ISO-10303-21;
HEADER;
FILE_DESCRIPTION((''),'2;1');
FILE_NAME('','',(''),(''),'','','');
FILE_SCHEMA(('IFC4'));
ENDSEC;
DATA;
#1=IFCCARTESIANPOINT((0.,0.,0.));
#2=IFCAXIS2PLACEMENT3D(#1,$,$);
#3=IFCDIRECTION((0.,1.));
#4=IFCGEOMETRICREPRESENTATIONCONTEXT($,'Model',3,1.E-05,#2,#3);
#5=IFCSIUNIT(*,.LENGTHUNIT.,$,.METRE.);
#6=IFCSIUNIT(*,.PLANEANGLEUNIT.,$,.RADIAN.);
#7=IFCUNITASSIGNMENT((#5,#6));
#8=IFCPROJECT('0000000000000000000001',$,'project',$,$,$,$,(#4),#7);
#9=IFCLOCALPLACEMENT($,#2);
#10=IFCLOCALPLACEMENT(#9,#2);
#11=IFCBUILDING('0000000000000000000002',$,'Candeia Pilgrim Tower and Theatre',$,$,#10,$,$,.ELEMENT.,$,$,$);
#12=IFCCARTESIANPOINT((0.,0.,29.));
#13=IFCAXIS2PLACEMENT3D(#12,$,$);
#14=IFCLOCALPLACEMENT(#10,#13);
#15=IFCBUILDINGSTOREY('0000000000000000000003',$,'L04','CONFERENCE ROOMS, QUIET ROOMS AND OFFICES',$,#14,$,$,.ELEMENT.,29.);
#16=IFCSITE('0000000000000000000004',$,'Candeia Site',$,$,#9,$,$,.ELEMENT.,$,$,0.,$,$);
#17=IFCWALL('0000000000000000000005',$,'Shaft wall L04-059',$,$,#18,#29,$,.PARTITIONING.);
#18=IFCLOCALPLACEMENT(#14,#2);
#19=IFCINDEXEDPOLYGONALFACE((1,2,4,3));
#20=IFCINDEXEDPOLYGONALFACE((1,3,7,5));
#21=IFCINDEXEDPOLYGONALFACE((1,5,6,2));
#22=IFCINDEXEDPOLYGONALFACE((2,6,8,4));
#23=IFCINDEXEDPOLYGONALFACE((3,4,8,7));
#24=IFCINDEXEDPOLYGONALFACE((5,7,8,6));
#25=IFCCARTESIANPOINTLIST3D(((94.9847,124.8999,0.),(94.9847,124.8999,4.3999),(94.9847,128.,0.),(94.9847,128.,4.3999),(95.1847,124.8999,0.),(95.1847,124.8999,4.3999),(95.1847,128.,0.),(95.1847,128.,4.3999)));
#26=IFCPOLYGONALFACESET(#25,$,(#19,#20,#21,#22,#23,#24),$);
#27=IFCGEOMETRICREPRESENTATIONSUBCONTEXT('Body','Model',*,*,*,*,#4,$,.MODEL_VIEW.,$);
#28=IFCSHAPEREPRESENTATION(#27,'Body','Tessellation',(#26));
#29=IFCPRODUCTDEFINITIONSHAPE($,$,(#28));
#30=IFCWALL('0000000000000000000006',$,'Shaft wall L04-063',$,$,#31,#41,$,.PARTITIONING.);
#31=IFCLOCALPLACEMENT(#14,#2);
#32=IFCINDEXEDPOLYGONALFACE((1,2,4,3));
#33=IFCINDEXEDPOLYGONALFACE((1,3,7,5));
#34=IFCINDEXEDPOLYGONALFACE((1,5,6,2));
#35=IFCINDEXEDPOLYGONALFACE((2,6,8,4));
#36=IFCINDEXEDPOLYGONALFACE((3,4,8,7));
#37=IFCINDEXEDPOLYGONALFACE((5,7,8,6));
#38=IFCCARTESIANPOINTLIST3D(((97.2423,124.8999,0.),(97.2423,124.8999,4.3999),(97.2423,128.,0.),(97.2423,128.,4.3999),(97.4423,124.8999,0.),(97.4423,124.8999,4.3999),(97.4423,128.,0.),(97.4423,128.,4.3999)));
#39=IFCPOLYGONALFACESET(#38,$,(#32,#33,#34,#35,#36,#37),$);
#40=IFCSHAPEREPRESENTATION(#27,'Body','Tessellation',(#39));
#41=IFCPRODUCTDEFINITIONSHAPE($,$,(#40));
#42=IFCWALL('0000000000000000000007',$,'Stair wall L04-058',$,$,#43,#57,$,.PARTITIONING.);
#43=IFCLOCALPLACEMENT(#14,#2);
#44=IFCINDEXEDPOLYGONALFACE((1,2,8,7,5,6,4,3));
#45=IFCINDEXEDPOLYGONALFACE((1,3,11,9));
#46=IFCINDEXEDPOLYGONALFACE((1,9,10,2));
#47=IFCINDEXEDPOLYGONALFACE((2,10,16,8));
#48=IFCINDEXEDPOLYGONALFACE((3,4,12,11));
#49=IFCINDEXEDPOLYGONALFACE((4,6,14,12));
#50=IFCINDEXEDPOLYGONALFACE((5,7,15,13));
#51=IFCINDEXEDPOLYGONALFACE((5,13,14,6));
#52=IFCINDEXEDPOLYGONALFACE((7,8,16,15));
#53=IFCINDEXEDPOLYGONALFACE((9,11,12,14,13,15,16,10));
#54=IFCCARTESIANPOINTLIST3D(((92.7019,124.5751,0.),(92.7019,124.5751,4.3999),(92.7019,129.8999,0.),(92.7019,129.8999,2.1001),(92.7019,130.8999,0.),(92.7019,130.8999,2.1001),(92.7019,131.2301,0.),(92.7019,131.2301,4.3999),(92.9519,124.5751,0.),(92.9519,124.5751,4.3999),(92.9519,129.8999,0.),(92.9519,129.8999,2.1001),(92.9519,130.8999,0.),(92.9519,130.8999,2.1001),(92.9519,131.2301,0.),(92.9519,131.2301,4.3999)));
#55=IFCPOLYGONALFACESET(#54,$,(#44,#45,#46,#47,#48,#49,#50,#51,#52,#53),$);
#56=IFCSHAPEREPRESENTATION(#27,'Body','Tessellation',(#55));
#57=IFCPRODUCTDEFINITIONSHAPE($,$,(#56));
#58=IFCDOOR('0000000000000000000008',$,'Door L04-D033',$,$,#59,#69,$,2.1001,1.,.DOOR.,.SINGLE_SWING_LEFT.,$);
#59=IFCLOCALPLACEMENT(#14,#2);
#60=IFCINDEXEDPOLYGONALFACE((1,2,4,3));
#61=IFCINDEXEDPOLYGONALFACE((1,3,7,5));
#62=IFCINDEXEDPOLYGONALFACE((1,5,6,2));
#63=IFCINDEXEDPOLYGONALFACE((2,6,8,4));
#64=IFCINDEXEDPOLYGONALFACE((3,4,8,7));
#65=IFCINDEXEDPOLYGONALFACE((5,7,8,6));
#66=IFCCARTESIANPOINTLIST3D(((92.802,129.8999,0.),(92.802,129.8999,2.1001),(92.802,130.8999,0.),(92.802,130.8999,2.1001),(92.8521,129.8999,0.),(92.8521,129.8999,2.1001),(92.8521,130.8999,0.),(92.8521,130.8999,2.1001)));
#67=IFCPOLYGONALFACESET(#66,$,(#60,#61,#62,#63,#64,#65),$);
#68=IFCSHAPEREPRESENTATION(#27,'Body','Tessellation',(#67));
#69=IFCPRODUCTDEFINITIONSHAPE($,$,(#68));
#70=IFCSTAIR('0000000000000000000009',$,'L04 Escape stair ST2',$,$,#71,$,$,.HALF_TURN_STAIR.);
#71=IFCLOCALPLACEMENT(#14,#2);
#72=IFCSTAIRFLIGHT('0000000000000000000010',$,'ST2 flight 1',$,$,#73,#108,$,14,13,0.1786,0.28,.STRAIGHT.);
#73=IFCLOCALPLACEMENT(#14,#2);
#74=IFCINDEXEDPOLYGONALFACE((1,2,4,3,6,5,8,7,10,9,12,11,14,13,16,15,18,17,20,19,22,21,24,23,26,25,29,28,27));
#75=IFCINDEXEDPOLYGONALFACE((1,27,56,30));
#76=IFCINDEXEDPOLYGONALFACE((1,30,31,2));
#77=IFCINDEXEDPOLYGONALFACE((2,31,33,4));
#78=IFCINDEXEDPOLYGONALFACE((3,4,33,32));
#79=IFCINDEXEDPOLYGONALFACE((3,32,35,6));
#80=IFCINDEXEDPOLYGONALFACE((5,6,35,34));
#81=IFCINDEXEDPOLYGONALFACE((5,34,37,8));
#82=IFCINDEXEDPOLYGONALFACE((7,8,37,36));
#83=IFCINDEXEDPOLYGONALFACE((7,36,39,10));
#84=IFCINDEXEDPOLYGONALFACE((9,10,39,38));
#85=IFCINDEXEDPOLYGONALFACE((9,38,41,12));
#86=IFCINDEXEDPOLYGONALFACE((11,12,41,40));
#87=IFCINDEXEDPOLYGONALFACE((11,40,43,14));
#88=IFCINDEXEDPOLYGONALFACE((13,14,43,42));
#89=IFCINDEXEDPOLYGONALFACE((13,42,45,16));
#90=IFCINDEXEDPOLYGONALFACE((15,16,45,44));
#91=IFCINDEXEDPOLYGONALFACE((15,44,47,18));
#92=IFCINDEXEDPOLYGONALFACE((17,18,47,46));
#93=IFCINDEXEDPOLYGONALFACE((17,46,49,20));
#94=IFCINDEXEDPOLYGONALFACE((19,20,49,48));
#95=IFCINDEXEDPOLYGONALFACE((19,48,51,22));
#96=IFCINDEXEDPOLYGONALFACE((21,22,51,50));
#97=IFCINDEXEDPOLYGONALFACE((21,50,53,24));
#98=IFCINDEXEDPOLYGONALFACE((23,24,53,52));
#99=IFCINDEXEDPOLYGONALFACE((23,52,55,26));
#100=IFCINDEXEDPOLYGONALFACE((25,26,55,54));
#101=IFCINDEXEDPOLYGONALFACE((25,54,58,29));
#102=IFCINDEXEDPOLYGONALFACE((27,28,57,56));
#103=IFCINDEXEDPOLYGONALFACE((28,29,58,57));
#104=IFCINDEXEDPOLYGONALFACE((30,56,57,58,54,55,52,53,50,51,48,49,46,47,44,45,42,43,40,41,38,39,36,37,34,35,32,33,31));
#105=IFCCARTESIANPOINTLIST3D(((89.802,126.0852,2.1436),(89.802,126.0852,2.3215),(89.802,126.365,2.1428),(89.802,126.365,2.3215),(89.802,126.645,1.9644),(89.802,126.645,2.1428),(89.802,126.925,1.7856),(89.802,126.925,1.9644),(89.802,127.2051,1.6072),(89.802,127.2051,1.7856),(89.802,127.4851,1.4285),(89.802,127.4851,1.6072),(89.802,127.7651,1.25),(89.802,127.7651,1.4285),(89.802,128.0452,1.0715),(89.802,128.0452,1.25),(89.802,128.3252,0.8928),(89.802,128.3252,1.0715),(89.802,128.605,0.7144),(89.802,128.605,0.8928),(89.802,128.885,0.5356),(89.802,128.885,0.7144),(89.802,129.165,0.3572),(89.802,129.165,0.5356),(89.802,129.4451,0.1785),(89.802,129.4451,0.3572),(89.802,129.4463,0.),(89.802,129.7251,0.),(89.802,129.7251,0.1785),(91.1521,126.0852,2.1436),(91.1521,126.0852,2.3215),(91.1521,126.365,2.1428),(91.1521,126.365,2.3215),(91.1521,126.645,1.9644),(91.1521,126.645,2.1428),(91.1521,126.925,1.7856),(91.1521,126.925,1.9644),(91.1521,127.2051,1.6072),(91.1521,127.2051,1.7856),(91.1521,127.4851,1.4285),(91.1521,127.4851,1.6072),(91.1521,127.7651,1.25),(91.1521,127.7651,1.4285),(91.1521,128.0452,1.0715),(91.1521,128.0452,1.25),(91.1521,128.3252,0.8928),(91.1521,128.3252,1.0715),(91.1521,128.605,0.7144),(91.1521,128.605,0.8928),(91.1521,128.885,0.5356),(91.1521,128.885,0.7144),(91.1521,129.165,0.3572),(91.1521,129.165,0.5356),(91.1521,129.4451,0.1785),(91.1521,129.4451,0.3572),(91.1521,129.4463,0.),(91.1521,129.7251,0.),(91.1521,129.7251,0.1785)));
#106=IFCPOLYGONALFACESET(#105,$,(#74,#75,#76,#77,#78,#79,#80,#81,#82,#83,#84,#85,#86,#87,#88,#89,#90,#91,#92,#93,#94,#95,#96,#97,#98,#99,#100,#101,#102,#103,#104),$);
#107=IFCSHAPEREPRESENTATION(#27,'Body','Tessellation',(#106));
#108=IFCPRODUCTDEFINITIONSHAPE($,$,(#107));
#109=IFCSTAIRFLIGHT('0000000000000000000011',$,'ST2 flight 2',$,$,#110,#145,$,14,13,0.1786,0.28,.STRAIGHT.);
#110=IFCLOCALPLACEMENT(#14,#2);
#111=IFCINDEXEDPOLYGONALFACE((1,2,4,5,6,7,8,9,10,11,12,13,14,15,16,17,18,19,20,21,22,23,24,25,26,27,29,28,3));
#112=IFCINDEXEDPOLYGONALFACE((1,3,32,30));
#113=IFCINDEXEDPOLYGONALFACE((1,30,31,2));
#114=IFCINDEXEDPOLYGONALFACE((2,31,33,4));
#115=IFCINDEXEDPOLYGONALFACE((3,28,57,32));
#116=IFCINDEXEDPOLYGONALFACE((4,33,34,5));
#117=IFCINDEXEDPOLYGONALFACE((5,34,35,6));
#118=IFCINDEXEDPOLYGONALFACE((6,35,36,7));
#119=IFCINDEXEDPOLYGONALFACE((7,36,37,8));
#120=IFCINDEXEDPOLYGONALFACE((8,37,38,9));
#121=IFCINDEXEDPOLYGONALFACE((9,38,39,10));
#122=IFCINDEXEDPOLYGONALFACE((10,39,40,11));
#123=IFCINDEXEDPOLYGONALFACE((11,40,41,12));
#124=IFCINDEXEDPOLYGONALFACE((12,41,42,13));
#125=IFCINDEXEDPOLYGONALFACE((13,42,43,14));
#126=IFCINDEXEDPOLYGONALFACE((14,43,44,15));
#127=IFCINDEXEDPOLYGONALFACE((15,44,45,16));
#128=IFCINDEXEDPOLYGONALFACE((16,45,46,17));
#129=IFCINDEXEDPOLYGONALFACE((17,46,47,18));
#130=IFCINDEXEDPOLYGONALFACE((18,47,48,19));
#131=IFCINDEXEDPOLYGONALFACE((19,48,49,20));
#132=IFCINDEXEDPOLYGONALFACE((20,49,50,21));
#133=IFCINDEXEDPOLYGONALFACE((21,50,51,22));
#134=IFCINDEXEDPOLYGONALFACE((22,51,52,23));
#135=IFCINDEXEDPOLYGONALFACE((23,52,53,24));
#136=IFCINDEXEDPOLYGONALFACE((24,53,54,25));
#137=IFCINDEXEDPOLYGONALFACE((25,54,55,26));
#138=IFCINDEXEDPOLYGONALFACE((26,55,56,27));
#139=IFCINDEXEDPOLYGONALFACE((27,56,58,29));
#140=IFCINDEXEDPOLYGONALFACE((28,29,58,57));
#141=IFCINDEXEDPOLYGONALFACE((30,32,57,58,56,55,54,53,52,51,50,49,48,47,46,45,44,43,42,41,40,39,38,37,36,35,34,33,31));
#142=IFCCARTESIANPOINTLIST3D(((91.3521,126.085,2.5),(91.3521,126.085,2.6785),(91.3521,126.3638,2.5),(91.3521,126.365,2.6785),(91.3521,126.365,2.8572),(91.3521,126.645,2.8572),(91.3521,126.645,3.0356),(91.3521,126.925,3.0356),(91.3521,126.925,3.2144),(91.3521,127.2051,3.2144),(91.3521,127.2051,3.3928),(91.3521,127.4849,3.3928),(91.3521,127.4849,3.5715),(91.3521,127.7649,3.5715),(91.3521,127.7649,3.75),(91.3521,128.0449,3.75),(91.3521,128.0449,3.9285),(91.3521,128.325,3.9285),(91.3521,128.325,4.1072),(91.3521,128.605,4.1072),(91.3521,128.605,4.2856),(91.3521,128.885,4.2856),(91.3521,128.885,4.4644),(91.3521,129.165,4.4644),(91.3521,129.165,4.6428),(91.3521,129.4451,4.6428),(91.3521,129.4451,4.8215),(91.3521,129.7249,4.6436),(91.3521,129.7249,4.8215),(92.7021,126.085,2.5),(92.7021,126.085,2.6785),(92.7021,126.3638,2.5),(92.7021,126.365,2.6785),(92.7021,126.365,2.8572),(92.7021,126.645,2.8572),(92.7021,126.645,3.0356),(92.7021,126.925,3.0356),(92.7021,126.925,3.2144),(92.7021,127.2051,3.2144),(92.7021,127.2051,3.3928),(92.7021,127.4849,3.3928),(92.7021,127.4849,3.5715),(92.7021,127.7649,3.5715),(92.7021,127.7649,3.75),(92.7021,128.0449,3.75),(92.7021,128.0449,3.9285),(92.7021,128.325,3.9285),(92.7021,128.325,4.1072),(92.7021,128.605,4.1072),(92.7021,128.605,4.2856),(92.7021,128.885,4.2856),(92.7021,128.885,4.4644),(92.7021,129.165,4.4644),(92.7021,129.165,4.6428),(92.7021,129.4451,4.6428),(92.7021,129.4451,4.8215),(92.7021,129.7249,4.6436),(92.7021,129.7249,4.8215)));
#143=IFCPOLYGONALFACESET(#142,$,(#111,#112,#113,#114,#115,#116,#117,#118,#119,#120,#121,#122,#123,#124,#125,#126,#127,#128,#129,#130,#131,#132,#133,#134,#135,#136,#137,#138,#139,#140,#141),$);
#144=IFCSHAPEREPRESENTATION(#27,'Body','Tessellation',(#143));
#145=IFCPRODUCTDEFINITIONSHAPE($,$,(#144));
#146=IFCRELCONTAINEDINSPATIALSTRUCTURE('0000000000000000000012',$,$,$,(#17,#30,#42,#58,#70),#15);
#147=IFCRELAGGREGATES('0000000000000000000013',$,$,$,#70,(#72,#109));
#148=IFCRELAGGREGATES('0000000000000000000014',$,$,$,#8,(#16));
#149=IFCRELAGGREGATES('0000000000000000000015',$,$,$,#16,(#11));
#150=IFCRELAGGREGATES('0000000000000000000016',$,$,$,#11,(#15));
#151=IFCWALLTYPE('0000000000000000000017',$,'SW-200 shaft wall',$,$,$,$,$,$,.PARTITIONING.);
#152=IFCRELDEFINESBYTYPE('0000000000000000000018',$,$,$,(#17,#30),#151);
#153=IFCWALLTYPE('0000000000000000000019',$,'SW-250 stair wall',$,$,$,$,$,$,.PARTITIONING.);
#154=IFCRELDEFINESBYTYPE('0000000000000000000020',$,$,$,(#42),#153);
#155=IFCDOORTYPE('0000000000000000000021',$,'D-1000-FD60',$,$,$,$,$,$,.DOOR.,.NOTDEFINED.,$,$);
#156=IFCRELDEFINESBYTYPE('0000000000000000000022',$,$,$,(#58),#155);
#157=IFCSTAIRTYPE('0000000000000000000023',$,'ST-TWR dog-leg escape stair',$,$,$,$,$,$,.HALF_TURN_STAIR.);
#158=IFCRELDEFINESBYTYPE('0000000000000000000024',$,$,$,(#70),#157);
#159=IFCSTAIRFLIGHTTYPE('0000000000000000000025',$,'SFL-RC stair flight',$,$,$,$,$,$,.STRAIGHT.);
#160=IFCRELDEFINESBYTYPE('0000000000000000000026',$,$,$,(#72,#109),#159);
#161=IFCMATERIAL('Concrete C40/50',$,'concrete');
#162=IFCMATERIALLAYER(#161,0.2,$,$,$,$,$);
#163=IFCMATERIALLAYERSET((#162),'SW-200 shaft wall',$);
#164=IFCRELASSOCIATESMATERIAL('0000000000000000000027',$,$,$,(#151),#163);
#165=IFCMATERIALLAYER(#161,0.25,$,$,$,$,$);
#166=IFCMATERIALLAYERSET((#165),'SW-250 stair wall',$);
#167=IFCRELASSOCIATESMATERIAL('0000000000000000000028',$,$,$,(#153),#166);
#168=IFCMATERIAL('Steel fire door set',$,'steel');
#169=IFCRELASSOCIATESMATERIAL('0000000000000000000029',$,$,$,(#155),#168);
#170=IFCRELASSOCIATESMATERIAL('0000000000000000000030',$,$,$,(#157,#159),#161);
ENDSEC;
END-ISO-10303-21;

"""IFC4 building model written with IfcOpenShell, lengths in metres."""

from ifc_helpers import new_model, si_unit, direction, frame, frame_2d, origin, place, context, subcontext, project, spatial, polyline, rectangle, outline, extrude, material, layer, layer_set, type_object, element, fill, aggregate, save


model = new_model("IFC4")

# Units and contexts
model_context = context("Model", 3, precision=1e-05, world=origin(), true_north=direction((0.0, 1.0)))
body_context = subcontext(model_context, "Body", "Model", "MODEL_VIEW")
ifc_project = project(units=[si_unit("LENGTHUNIT", "METRE"), si_unit("PLANEANGLEUNIT", "RADIAN")], contexts=[model_context])

# Site, building, storey
site_placement = place(None, origin())
site = spatial("IfcSite", under=ifc_project, at=site_placement, Name="Candeia Site", CompositionType="ELEMENT", RefElevation=0.0)
building_placement = place(site_placement, origin())
building = spatial("IfcBuilding", under=site, at=building_placement, Name="Candeia Pilgrim Tower and Theatre", CompositionType="ELEMENT")
storey_placement = place(building_placement, frame((0.0, 0.0, 29.0)))
storey = spatial("IfcBuildingStorey", under=building, at=storey_placement, Name="L04", Description="CONFERENCE ROOMS, QUIET ROOMS AND OFFICES", CompositionType="ELEMENT", Elevation=29.0)

# Shared definitions
ifc_material_1 = material(Name="Steel fire door set", Category="steel")

# Shared definitions
ifc_material_2 = material(Name="Concrete C40/50", Category="concrete")
ifc_layer_1 = layer(ifc_material_2, 0.2)
ifc_layer_set_1 = layer_set([ifc_layer_1], Name="SW-200 shaft wall")
wall_type_1 = type_object("IfcWallType", Name="SW-200 shaft wall", PredefinedType="PARTITIONING", material=ifc_layer_set_1)

# Walls
for number, where, z_axis, x_axis, name in (
    (1, (95.0847, 124.8999, 0.0), (0.0, 0.0, 1.0), (0.0, 1.0, 0.0), "Shaft wall L04-059"),
    (2, (97.3423, 124.8999, 0.0), (0.0, 0.0, 1.0), (0.0, 1.0, 0.0), "Shaft wall L04-063"),
):
    element("IfcWall", number, at=place(storey_placement, frame(where, z_axis=z_axis, x_axis=x_axis)), inside=storey, type_object=wall_type_1, Name=name, PredefinedType="PARTITIONING", context=body_context, shape_type="SweptSolid", body=[
        extrude(rectangle(XDim=3.1001, YDim=0.2, at=frame_2d((1.55, 0.0))), origin(), (0.0, 0.0, 1.0), 4.3999),
    ])

# Wall, opening, door
ifc_layer_2 = layer(ifc_material_2, 0.25)
ifc_layer_set_2 = layer_set([ifc_layer_2], Name="SW-250 stair wall")
wall_type_2 = type_object("IfcWallType", Name="SW-250 stair wall", PredefinedType="PARTITIONING", material=ifc_layer_set_2)
wall_1_placement = place(storey_placement, frame((92.8269, 124.575, 0.0), z_axis=(0.0, 0.0, 1.0), x_axis=(0.0, 1.0, 0.0)))
wall_1 = element("IfcWall", 3, at=wall_1_placement, inside=storey, type_object=wall_type_2, Name="Stair wall L04-058", PredefinedType="PARTITIONING", context=body_context, shape_type="SweptSolid", body=[
    extrude(rectangle(XDim=6.655, YDim=0.25, at=frame_2d((3.3276, 0.0))), origin(), (0.0, 0.0, 1.0), 4.3999),
])
opening_1_placement = place(wall_1_placement, frame((5.325, 0.0, 0.0)))
opening_1 = element("IfcOpeningElement", 4, at=opening_1_placement, cuts=wall_1, PredefinedType="OPENING", context=body_context, shape_type="SweptSolid", body=[
    extrude(rectangle(XDim=1.0, YDim=2.1001, at=frame_2d((0.5, 1.05))), frame((0.0, 0.135, 0.0), z_axis=(0.0, -1.0, 0.0), x_axis=(1.0, 0.0, 0.0)), (0.0, 0.0, 1.0), 0.27),
])
door_type_1 = type_object("IfcDoorType", Name="D-1000-FD60", OperationType="NOTDEFINED", PredefinedType="DOOR", material=ifc_material_1)
door_1_placement = place(opening_1_placement, origin())
door_1 = element("IfcDoor", 5, at=door_1_placement, inside=storey, type_object=door_type_1, Name="Door L04-D033", OperationType="SINGLE_SWING_LEFT", OverallHeight=2.1001, OverallWidth=1.0, PredefinedType="DOOR", context=body_context, shape_type="SweptSolid", body=[
    extrude(rectangle(XDim=1.0, YDim=2.1001, at=frame_2d((0.5, 1.05))), frame((0.0, 0.0249, 0.0), z_axis=(0.0, -1.0, 0.0), x_axis=(1.0, 0.0, 0.0)), (0.0, 0.0, 1.0), 0.05),
])
fill(opening_1, door_1)

# Stair, stair flights
stair_type = type_object("IfcStairType", Name="ST-TWR dog-leg escape stair", PredefinedType="HALF_TURN_STAIR", material=ifc_material_2)
stair_placement = place(storey_placement, origin())
stair = element("IfcStair", 6, at=stair_placement, inside=storey, type_object=stair_type, Name="L04 Escape stair ST2", PredefinedType="HALF_TURN_STAIR")
stair_flight_type = type_object("IfcStairFlightType", Name="SFL-RC stair flight", PredefinedType="STRAIGHT", material=ifc_material_2)
stair_flight_1_placement = place(storey_placement, frame((90.4771, 129.7251, 0.0), z_axis=(0.0, 0.0, 1.0), x_axis=(0.0, -1.0, 0.0)))
stair_flight_1 = element("IfcStairFlight", 7, at=stair_flight_1_placement, type_object=stair_flight_type, Name="ST2 flight 1", NumberOfRisers=14, NumberOfTreads=13, PredefinedType="STRAIGHT", RiserHeight=0.1786, TreadLength=0.28, context=body_context, shape_type="SweptSolid", body=[
    extrude(outline(polyline([(0.0, 0.0), (0.0, 0.1785), (0.28, 0.1785), (0.28, 0.3572), (0.5601, 0.3572), (0.5601, 0.5356), (0.8401, 0.5356), (0.8401, 0.7144), (1.1201, 0.7144), (1.1201, 0.8928), (1.3999, 0.8928), (1.3999, 1.0715), (1.6799, 1.0715), (1.6799, 1.25), (1.96, 1.25), (1.96, 1.4285), (2.24, 1.4285), (2.24, 1.6072), (2.52, 1.6072), (2.52, 1.7856), (2.8, 1.7856), (2.8, 1.9644), (3.0801, 1.9644), (3.0801, 2.1428), (3.3601, 2.1428), (3.3601, 2.3215), (3.6399, 2.3215), (3.6399, 2.5), (3.6399, 2.1436), (0.2788, 0.0), (0.0, 0.0)])), frame((0.0, 0.675, 0.0), z_axis=(0.0, -1.0, 0.0), x_axis=(1.0, 0.0, 0.0)), (0.0, 0.0, 1.0), 1.3501),
])
stair_flight_2_placement = place(storey_placement, frame((92.0271, 126.085, 2.5), z_axis=(0.0, 0.0, 1.0), x_axis=(0.0, 1.0, 0.0)))
stair_flight_2 = element("IfcStairFlight", 8, at=stair_flight_2_placement, type_object=stair_flight_type, Name="ST2 flight 2", NumberOfRisers=14, NumberOfTreads=13, PredefinedType="STRAIGHT", RiserHeight=0.1786, TreadLength=0.28, context=body_context, shape_type="SweptSolid", body=[
    extrude(outline(polyline([(0.0, 0.0), (0.0, 0.1785), (0.28, 0.1785), (0.28, 0.3572), (0.5601, 0.3572), (0.5601, 0.5356), (0.8401, 0.5356), (0.8401, 0.7144), (1.1201, 0.7144), (1.1201, 0.8928), (1.3999, 0.8928), (1.3999, 1.0715), (1.6799, 1.0715), (1.6799, 1.25), (1.96, 1.25), (1.96, 1.4285), (2.24, 1.4285), (2.24, 1.6072), (2.52, 1.6072), (2.52, 1.7856), (2.8, 1.7856), (2.8, 1.9644), (3.0801, 1.9644), (3.0801, 2.1428), (3.3601, 2.1428), (3.3601, 2.3215), (3.6399, 2.3215), (3.6399, 2.5), (3.6399, 2.1436), (0.2788, 0.0), (0.0, 0.0)])), frame((0.0, 0.675, 0.0), z_axis=(0.0, -1.0, 0.0), x_axis=(1.0, 0.0, 0.0)), (0.0, 0.0, 1.0), 1.3501),
])
aggregate(stair, [stair_flight_1, stair_flight_2])

save(model, "model.ifc")
